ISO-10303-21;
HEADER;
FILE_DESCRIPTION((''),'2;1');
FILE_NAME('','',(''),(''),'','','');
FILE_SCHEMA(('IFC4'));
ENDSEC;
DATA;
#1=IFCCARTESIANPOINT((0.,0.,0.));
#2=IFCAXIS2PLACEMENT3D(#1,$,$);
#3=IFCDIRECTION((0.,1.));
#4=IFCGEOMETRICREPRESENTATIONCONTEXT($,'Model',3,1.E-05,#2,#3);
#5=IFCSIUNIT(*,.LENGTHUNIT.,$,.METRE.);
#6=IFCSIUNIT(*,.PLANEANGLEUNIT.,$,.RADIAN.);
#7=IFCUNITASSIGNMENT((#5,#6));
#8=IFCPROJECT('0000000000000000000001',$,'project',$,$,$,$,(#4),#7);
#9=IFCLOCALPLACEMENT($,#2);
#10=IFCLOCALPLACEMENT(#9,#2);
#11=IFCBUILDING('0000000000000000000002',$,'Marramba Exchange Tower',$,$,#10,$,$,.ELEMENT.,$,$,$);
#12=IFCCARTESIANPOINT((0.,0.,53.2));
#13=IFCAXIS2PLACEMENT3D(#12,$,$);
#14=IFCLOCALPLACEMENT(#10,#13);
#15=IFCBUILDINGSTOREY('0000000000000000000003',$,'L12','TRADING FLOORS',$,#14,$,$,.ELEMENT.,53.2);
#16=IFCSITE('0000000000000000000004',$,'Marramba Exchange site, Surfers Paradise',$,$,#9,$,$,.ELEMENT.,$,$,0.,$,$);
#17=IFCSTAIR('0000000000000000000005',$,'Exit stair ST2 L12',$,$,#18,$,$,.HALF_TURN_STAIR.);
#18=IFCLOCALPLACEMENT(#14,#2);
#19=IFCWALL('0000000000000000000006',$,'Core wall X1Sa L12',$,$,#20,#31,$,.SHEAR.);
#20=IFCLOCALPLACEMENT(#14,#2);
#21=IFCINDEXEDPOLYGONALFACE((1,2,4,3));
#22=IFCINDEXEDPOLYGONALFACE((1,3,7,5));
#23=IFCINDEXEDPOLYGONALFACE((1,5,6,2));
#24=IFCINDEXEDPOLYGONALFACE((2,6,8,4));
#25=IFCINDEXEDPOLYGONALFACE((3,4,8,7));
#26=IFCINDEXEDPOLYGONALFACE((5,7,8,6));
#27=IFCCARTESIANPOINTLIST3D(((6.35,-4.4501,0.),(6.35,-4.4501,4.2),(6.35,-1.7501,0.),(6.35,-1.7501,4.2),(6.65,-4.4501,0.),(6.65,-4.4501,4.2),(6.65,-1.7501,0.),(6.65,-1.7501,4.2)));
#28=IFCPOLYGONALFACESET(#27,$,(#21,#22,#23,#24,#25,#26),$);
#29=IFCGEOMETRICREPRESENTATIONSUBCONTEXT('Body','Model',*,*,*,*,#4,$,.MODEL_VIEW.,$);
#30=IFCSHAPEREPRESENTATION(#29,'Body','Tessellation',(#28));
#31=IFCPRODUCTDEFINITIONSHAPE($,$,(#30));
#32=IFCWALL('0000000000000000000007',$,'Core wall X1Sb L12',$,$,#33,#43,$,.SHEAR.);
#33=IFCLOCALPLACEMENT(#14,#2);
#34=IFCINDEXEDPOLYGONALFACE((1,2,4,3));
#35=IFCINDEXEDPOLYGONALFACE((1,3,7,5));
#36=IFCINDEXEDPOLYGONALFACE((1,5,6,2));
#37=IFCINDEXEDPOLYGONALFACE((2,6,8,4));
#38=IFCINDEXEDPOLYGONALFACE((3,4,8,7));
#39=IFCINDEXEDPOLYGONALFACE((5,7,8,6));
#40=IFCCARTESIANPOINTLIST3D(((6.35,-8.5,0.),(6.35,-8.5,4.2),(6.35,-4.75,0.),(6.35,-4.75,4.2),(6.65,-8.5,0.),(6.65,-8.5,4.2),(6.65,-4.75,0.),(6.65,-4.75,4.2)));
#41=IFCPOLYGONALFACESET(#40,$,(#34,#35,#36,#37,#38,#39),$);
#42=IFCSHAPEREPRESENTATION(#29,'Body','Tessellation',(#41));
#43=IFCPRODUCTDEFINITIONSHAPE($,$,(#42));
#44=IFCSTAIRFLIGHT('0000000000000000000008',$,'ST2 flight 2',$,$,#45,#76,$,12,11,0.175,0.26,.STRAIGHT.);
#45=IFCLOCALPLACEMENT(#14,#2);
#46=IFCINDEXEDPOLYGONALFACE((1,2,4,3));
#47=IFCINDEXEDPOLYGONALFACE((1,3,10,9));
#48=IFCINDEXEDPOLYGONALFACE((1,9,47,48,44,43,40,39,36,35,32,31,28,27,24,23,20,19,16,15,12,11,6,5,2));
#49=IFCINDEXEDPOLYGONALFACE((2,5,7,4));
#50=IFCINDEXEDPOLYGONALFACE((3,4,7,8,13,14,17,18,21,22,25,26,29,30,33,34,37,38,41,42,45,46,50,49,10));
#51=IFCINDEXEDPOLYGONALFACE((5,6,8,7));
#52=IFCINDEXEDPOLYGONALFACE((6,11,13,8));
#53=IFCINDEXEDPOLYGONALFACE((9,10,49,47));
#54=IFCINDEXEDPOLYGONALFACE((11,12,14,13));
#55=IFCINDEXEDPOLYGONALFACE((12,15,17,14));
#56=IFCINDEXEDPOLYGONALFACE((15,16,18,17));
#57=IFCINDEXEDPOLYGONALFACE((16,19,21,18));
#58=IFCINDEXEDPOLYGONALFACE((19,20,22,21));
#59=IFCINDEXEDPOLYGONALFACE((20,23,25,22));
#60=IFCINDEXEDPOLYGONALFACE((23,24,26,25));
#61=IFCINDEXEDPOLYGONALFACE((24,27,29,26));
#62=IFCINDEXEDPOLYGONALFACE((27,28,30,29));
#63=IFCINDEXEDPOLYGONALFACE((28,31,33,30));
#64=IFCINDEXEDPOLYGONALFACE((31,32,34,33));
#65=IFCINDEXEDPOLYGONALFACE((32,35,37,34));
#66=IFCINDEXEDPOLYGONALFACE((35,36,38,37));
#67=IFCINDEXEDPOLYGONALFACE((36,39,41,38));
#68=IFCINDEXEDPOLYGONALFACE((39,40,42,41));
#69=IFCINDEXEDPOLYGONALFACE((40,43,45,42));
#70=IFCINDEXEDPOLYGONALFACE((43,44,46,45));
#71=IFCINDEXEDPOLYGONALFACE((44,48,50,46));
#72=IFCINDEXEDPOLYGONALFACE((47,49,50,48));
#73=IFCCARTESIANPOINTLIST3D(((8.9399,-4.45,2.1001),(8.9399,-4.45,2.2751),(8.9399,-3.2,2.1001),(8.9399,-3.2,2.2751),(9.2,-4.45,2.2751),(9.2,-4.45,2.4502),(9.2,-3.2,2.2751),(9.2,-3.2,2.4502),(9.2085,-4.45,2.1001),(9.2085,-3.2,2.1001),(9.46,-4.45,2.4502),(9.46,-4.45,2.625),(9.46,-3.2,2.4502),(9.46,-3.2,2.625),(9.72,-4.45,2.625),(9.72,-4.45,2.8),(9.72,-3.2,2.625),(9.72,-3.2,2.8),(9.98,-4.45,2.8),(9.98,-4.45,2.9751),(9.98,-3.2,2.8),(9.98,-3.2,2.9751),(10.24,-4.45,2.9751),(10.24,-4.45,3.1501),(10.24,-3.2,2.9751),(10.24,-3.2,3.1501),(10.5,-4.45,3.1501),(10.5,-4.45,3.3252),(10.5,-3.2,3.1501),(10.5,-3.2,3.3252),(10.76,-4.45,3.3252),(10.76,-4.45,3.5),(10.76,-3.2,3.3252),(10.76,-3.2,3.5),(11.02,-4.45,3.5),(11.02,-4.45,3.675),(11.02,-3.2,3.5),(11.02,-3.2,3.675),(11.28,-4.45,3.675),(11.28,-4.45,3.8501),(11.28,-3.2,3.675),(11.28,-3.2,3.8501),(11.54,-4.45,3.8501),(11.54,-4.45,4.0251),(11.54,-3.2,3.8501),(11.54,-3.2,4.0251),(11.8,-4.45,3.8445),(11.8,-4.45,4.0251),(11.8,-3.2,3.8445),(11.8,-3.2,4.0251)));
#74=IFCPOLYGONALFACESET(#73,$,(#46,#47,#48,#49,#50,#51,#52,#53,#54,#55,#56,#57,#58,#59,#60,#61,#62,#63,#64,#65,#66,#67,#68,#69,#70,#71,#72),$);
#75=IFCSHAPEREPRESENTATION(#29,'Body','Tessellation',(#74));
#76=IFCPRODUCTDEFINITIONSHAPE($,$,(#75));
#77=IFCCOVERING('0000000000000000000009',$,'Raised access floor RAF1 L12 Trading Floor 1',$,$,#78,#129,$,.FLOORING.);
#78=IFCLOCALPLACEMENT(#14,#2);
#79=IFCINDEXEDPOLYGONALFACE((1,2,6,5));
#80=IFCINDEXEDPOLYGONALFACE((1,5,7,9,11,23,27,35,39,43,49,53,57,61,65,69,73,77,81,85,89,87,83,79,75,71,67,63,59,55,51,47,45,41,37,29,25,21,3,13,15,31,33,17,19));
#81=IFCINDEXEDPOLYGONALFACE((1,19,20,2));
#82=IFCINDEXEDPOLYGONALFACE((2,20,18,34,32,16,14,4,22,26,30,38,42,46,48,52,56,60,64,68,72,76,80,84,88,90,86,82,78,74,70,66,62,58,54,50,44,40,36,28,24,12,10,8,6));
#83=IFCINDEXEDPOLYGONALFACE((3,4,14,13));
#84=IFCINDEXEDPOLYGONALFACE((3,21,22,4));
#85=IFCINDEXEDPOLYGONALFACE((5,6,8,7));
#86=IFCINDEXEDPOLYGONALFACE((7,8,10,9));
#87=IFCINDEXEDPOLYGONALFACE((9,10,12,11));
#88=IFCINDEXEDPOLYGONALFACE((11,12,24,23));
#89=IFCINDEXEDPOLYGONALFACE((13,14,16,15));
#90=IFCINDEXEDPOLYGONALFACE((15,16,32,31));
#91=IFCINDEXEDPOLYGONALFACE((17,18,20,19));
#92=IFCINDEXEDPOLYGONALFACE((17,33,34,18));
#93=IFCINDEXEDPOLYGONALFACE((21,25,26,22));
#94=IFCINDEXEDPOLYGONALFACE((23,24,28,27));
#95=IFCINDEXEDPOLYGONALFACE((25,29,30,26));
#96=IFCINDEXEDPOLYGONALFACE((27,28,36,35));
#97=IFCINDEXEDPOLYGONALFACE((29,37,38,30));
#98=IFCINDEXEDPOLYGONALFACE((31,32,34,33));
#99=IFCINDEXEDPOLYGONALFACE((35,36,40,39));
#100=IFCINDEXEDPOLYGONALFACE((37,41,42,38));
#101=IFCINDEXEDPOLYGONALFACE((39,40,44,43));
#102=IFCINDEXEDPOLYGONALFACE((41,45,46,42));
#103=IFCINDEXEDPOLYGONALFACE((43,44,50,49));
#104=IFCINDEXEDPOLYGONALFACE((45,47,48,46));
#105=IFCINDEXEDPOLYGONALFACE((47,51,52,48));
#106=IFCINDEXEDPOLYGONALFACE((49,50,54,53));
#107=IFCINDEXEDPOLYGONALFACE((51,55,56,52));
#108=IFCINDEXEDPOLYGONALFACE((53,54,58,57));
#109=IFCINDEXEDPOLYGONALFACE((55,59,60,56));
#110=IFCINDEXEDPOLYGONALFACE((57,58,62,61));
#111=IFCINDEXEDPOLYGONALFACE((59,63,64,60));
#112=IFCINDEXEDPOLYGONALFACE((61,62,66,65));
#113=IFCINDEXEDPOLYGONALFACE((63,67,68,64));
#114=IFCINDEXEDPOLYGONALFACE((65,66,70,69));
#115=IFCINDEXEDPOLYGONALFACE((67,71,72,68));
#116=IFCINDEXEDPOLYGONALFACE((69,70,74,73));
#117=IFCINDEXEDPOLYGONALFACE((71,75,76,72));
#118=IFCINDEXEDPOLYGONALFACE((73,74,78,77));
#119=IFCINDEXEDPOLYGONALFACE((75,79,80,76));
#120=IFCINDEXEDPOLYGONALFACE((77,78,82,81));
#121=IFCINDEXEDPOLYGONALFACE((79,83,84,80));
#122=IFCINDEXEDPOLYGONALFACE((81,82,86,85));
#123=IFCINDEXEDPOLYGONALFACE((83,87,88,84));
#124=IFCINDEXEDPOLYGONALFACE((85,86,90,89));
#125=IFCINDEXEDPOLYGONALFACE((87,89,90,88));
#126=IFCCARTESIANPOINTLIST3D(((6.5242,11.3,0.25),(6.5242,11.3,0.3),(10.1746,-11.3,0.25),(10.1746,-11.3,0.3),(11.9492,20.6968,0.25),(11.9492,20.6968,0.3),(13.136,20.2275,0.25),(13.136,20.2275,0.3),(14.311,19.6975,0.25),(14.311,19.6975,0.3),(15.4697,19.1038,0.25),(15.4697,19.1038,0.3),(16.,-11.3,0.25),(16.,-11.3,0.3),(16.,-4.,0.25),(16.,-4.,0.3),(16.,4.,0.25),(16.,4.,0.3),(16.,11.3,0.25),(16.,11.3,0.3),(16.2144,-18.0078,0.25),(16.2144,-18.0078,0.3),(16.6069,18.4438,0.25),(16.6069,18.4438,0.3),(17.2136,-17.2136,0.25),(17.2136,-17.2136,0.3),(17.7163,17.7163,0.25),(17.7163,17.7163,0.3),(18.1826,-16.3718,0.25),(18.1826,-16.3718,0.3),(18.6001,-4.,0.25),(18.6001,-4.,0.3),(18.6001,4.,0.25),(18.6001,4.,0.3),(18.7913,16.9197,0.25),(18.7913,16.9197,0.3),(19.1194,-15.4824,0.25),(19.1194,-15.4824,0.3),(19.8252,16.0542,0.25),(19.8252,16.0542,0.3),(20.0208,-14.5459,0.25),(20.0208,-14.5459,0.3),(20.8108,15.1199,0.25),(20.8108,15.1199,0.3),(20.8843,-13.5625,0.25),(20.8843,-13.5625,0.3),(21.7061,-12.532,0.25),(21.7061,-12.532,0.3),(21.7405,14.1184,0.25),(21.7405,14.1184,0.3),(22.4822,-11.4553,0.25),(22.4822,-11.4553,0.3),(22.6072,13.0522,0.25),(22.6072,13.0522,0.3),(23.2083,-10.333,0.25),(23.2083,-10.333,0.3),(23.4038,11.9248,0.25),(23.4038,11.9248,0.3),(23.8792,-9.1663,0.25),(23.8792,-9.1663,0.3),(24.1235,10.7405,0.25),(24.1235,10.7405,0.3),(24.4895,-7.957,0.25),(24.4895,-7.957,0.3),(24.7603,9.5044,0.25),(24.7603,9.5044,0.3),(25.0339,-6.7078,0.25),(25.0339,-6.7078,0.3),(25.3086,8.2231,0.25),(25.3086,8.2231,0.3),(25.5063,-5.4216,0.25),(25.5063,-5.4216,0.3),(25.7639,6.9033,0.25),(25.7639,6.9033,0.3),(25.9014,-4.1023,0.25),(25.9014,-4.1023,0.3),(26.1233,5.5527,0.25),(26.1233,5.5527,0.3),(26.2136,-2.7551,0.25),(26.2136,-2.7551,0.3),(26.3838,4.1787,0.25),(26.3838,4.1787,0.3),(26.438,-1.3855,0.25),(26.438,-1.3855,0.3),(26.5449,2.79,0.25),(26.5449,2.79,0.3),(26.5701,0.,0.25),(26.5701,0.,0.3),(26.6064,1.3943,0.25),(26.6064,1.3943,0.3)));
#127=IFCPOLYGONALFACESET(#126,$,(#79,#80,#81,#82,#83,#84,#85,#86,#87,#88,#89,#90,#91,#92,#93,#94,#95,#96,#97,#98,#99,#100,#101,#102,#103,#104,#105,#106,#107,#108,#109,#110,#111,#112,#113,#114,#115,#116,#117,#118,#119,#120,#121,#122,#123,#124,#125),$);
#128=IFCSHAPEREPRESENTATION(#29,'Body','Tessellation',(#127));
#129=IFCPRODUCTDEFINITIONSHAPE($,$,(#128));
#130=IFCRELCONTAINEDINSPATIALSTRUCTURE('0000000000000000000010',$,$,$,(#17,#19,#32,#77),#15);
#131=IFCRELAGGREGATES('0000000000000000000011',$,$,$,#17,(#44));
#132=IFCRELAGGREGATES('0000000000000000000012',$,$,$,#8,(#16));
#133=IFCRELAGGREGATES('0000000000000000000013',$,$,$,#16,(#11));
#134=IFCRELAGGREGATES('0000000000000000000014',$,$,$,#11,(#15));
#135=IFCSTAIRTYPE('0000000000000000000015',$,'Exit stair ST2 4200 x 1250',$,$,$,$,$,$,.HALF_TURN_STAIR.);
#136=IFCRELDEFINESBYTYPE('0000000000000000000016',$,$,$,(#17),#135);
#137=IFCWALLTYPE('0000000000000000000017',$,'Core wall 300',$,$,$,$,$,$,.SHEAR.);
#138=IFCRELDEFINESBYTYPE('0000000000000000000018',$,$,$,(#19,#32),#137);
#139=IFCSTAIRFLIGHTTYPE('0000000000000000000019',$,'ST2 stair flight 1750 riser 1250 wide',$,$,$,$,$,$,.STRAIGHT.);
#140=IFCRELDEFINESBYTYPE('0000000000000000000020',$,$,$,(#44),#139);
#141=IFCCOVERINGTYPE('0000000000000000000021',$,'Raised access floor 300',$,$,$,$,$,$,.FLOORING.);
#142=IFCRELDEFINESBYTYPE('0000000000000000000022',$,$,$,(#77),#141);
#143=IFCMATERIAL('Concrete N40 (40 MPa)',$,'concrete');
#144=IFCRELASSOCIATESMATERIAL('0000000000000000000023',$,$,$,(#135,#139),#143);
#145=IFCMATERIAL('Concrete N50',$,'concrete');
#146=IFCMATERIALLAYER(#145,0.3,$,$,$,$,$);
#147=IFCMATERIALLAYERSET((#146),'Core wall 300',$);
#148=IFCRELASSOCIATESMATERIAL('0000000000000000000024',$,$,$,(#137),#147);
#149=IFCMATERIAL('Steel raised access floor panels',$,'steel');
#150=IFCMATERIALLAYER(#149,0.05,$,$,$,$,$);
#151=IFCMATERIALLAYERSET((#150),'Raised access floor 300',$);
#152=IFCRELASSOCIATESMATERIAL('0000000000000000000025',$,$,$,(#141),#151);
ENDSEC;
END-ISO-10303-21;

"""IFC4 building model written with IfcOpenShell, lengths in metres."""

from ifc_helpers import new_model, si_unit, direction, frame, frame_2d, origin, place, context, subcontext, project, spatial, polyline, rectangle, outline, extrude, material, layer, layer_set, type_object, element, aggregate, save


model = new_model("IFC4")

# Units and contexts
model_context = context("Model", 3, precision=1e-05, world=origin(), true_north=direction((0.0, 1.0)))
body_context = subcontext(model_context, "Body", "Model", "MODEL_VIEW")
ifc_project = project(units=[si_unit("LENGTHUNIT", "METRE"), si_unit("PLANEANGLEUNIT", "RADIAN")], contexts=[model_context])

# Site, building, storey
site_placement = place(None, origin())
site = spatial("IfcSite", under=ifc_project, at=site_placement, Name="Marramba Exchange site, Surfers Paradise", CompositionType="ELEMENT", RefElevation=0.0)
building_placement = place(site_placement, origin())
building = spatial("IfcBuilding", under=site, at=building_placement, Name="Marramba Exchange Tower", CompositionType="ELEMENT")
storey_placement = place(building_placement, frame((0.0, 0.0, 53.2)))
storey = spatial("IfcBuildingStorey", under=building, at=storey_placement, Name="L12", Description="TRADING FLOORS", CompositionType="ELEMENT", Elevation=53.2)

# Stair
ifc_material_1 = material(Name="Concrete N40 (40 MPa)", Category="concrete")
stair_type_1 = type_object("IfcStairType", Name="Exit stair ST2 4200 x 1250", PredefinedType="HALF_TURN_STAIR", material=ifc_material_1)
stair_1_placement = place(storey_placement, origin())
stair_1 = element("IfcStair", 1, at=stair_1_placement, inside=storey, type_object=stair_type_1, Name="Exit stair ST2 L12", PredefinedType="HALF_TURN_STAIR")

# Walls
ifc_material_2 = material(Name="Concrete N50", Category="concrete")
ifc_layer_1 = layer(ifc_material_2, 0.3)
ifc_layer_set_1 = layer_set([ifc_layer_1], Name="Core wall 300")
wall_type_1 = type_object("IfcWallType", Name="Core wall 300", PredefinedType="SHEAR", material=ifc_layer_set_1)
wall_1_placement = place(storey_placement, frame((6.5, -1.75, 0.0), z_axis=(0.0, 0.0, 1.0), x_axis=(0.0, -1.0, 0.0)))
element("IfcWall", 2, at=wall_1_placement, inside=storey, type_object=wall_type_1, Name="Core wall X1Sa L12", PredefinedType="SHEAR", context=body_context, shape_type="SweptSolid", body=[
    extrude(rectangle(XDim=2.7, YDim=0.3, at=frame_2d((1.3501, 0.0))), origin(), (0.0, 0.0, 1.0), 4.2),
])
wall_2_placement = place(storey_placement, frame((6.5, -4.75, 0.0), z_axis=(0.0, 0.0, 1.0), x_axis=(0.0, -1.0, 0.0)))
element("IfcWall", 3, at=wall_2_placement, inside=storey, type_object=wall_type_1, Name="Core wall X1Sb L12", PredefinedType="SHEAR", context=body_context, shape_type="SweptSolid", body=[
    extrude(rectangle(XDim=3.75, YDim=0.3, at=frame_2d((1.875, 0.0))), origin(), (0.0, 0.0, 1.0), 4.2),
])

# Stair flight
stair_flight_type = type_object("IfcStairFlightType", Name="ST2 stair flight 1750 riser 1250 wide", PredefinedType="STRAIGHT", material=ifc_material_1)
stair_flight_placement = place(storey_placement, frame((8.9399, -3.825, 2.1001), z_axis=(0.0, 0.0, 1.0), x_axis=(1.0, 0.0, 0.0)))
stair_flight = element("IfcStairFlight", 4, at=stair_flight_placement, type_object=stair_flight_type, Name="ST2 flight 2", NumberOfRisers=12, NumberOfTreads=11, PredefinedType="STRAIGHT", RiserHeight=0.175, TreadLength=0.26, context=body_context, shape_type="SweptSolid", body=[
    extrude(outline(polyline([(0.0, 0.0), (0.0, 0.175), (0.26, 0.175), (0.26, 0.3501), (0.52, 0.3501), (0.52, 0.5249), (0.78, 0.5249), (0.78, 0.7), (1.04, 0.7), (1.04, 0.875), (1.3, 0.875), (1.3, 1.05), (1.5601, 1.05), (1.5601, 1.2251), (1.8201, 1.2251), (1.8201, 1.3999), (2.0801, 1.3999), (2.0801, 1.575), (2.3401, 1.575), (2.3401, 1.75), (2.6001, 1.75), (2.6001, 1.925), (2.8601, 1.925), (2.8601, 2.1001), (2.8601, 1.7444), (0.2686, 0.0), (0.0, 0.0)])), frame((0.0, 0.625, 0.0), z_axis=(0.0, -1.0, 0.0), x_axis=(1.0, 0.0, 0.0)), (0.0, 0.0, 1.0), 1.25),
])
aggregate(stair_1, [stair_flight])

# Covering
ifc_material_3 = material(Name="Steel raised access floor panels", Category="steel")
ifc_layer_2 = layer(ifc_material_3, 0.05)
ifc_layer_set_2 = layer_set([ifc_layer_2], Name="Raised access floor 300")
covering_type_1 = type_object("IfcCoveringType", Name="Raised access floor 300", PredefinedType="FLOORING", material=ifc_layer_set_2)
covering_1_placement = place(storey_placement, frame((0.0, 0.0, 0.25)))
element("IfcCovering", 5, at=covering_1_placement, inside=storey, type_object=covering_type_1, Name="Raised access floor RAF1 L12 Trading Floor 1", PredefinedType="FLOORING", context=body_context, shape_type="SweptSolid", body=[
    extrude(outline(polyline([(16.0, -4.0), (18.6001, -4.0), (18.6001, 4.0), (16.0, 4.0), (16.0, 11.3), (6.5242, 11.3), (11.9492, 20.6968), (13.136, 20.2275), (14.311, 19.6975), (15.4697, 19.1038), (16.6069, 18.4438), (17.7163, 17.7163), (18.7913, 16.9197), (19.8252, 16.0542), (20.8108, 15.1199), (21.7405, 14.1184), (22.6072, 13.0522), (23.4038, 11.9248), (24.1235, 10.7405), (24.7603, 9.5044), (25.3086, 8.2231), (25.7639, 6.9033), (26.1233, 5.5527), (26.3838, 4.1787), (26.5449, 2.79), (26.6064, 1.3943), (26.5701, 0.0), (26.438, -1.3855), (26.2136, -2.7551), (25.9014, -4.1023), (25.5063, -5.4216), (25.0339, -6.7078), (24.4895, -7.957), (23.8792, -9.1663), (23.2083, -10.333), (22.4822, -11.4553), (21.7061, -12.532), (20.8843, -13.5625), (20.0208, -14.5459), (19.1194, -15.4824), (18.1826, -16.3718), (17.2136, -17.2136), (16.2144, -18.0078), (10.1746, -11.3), (16.0, -11.3), (16.0, -4.0)])), origin(), (0.0, 0.0, 1.0), 0.05),
])

save(model, "model.ifc")
